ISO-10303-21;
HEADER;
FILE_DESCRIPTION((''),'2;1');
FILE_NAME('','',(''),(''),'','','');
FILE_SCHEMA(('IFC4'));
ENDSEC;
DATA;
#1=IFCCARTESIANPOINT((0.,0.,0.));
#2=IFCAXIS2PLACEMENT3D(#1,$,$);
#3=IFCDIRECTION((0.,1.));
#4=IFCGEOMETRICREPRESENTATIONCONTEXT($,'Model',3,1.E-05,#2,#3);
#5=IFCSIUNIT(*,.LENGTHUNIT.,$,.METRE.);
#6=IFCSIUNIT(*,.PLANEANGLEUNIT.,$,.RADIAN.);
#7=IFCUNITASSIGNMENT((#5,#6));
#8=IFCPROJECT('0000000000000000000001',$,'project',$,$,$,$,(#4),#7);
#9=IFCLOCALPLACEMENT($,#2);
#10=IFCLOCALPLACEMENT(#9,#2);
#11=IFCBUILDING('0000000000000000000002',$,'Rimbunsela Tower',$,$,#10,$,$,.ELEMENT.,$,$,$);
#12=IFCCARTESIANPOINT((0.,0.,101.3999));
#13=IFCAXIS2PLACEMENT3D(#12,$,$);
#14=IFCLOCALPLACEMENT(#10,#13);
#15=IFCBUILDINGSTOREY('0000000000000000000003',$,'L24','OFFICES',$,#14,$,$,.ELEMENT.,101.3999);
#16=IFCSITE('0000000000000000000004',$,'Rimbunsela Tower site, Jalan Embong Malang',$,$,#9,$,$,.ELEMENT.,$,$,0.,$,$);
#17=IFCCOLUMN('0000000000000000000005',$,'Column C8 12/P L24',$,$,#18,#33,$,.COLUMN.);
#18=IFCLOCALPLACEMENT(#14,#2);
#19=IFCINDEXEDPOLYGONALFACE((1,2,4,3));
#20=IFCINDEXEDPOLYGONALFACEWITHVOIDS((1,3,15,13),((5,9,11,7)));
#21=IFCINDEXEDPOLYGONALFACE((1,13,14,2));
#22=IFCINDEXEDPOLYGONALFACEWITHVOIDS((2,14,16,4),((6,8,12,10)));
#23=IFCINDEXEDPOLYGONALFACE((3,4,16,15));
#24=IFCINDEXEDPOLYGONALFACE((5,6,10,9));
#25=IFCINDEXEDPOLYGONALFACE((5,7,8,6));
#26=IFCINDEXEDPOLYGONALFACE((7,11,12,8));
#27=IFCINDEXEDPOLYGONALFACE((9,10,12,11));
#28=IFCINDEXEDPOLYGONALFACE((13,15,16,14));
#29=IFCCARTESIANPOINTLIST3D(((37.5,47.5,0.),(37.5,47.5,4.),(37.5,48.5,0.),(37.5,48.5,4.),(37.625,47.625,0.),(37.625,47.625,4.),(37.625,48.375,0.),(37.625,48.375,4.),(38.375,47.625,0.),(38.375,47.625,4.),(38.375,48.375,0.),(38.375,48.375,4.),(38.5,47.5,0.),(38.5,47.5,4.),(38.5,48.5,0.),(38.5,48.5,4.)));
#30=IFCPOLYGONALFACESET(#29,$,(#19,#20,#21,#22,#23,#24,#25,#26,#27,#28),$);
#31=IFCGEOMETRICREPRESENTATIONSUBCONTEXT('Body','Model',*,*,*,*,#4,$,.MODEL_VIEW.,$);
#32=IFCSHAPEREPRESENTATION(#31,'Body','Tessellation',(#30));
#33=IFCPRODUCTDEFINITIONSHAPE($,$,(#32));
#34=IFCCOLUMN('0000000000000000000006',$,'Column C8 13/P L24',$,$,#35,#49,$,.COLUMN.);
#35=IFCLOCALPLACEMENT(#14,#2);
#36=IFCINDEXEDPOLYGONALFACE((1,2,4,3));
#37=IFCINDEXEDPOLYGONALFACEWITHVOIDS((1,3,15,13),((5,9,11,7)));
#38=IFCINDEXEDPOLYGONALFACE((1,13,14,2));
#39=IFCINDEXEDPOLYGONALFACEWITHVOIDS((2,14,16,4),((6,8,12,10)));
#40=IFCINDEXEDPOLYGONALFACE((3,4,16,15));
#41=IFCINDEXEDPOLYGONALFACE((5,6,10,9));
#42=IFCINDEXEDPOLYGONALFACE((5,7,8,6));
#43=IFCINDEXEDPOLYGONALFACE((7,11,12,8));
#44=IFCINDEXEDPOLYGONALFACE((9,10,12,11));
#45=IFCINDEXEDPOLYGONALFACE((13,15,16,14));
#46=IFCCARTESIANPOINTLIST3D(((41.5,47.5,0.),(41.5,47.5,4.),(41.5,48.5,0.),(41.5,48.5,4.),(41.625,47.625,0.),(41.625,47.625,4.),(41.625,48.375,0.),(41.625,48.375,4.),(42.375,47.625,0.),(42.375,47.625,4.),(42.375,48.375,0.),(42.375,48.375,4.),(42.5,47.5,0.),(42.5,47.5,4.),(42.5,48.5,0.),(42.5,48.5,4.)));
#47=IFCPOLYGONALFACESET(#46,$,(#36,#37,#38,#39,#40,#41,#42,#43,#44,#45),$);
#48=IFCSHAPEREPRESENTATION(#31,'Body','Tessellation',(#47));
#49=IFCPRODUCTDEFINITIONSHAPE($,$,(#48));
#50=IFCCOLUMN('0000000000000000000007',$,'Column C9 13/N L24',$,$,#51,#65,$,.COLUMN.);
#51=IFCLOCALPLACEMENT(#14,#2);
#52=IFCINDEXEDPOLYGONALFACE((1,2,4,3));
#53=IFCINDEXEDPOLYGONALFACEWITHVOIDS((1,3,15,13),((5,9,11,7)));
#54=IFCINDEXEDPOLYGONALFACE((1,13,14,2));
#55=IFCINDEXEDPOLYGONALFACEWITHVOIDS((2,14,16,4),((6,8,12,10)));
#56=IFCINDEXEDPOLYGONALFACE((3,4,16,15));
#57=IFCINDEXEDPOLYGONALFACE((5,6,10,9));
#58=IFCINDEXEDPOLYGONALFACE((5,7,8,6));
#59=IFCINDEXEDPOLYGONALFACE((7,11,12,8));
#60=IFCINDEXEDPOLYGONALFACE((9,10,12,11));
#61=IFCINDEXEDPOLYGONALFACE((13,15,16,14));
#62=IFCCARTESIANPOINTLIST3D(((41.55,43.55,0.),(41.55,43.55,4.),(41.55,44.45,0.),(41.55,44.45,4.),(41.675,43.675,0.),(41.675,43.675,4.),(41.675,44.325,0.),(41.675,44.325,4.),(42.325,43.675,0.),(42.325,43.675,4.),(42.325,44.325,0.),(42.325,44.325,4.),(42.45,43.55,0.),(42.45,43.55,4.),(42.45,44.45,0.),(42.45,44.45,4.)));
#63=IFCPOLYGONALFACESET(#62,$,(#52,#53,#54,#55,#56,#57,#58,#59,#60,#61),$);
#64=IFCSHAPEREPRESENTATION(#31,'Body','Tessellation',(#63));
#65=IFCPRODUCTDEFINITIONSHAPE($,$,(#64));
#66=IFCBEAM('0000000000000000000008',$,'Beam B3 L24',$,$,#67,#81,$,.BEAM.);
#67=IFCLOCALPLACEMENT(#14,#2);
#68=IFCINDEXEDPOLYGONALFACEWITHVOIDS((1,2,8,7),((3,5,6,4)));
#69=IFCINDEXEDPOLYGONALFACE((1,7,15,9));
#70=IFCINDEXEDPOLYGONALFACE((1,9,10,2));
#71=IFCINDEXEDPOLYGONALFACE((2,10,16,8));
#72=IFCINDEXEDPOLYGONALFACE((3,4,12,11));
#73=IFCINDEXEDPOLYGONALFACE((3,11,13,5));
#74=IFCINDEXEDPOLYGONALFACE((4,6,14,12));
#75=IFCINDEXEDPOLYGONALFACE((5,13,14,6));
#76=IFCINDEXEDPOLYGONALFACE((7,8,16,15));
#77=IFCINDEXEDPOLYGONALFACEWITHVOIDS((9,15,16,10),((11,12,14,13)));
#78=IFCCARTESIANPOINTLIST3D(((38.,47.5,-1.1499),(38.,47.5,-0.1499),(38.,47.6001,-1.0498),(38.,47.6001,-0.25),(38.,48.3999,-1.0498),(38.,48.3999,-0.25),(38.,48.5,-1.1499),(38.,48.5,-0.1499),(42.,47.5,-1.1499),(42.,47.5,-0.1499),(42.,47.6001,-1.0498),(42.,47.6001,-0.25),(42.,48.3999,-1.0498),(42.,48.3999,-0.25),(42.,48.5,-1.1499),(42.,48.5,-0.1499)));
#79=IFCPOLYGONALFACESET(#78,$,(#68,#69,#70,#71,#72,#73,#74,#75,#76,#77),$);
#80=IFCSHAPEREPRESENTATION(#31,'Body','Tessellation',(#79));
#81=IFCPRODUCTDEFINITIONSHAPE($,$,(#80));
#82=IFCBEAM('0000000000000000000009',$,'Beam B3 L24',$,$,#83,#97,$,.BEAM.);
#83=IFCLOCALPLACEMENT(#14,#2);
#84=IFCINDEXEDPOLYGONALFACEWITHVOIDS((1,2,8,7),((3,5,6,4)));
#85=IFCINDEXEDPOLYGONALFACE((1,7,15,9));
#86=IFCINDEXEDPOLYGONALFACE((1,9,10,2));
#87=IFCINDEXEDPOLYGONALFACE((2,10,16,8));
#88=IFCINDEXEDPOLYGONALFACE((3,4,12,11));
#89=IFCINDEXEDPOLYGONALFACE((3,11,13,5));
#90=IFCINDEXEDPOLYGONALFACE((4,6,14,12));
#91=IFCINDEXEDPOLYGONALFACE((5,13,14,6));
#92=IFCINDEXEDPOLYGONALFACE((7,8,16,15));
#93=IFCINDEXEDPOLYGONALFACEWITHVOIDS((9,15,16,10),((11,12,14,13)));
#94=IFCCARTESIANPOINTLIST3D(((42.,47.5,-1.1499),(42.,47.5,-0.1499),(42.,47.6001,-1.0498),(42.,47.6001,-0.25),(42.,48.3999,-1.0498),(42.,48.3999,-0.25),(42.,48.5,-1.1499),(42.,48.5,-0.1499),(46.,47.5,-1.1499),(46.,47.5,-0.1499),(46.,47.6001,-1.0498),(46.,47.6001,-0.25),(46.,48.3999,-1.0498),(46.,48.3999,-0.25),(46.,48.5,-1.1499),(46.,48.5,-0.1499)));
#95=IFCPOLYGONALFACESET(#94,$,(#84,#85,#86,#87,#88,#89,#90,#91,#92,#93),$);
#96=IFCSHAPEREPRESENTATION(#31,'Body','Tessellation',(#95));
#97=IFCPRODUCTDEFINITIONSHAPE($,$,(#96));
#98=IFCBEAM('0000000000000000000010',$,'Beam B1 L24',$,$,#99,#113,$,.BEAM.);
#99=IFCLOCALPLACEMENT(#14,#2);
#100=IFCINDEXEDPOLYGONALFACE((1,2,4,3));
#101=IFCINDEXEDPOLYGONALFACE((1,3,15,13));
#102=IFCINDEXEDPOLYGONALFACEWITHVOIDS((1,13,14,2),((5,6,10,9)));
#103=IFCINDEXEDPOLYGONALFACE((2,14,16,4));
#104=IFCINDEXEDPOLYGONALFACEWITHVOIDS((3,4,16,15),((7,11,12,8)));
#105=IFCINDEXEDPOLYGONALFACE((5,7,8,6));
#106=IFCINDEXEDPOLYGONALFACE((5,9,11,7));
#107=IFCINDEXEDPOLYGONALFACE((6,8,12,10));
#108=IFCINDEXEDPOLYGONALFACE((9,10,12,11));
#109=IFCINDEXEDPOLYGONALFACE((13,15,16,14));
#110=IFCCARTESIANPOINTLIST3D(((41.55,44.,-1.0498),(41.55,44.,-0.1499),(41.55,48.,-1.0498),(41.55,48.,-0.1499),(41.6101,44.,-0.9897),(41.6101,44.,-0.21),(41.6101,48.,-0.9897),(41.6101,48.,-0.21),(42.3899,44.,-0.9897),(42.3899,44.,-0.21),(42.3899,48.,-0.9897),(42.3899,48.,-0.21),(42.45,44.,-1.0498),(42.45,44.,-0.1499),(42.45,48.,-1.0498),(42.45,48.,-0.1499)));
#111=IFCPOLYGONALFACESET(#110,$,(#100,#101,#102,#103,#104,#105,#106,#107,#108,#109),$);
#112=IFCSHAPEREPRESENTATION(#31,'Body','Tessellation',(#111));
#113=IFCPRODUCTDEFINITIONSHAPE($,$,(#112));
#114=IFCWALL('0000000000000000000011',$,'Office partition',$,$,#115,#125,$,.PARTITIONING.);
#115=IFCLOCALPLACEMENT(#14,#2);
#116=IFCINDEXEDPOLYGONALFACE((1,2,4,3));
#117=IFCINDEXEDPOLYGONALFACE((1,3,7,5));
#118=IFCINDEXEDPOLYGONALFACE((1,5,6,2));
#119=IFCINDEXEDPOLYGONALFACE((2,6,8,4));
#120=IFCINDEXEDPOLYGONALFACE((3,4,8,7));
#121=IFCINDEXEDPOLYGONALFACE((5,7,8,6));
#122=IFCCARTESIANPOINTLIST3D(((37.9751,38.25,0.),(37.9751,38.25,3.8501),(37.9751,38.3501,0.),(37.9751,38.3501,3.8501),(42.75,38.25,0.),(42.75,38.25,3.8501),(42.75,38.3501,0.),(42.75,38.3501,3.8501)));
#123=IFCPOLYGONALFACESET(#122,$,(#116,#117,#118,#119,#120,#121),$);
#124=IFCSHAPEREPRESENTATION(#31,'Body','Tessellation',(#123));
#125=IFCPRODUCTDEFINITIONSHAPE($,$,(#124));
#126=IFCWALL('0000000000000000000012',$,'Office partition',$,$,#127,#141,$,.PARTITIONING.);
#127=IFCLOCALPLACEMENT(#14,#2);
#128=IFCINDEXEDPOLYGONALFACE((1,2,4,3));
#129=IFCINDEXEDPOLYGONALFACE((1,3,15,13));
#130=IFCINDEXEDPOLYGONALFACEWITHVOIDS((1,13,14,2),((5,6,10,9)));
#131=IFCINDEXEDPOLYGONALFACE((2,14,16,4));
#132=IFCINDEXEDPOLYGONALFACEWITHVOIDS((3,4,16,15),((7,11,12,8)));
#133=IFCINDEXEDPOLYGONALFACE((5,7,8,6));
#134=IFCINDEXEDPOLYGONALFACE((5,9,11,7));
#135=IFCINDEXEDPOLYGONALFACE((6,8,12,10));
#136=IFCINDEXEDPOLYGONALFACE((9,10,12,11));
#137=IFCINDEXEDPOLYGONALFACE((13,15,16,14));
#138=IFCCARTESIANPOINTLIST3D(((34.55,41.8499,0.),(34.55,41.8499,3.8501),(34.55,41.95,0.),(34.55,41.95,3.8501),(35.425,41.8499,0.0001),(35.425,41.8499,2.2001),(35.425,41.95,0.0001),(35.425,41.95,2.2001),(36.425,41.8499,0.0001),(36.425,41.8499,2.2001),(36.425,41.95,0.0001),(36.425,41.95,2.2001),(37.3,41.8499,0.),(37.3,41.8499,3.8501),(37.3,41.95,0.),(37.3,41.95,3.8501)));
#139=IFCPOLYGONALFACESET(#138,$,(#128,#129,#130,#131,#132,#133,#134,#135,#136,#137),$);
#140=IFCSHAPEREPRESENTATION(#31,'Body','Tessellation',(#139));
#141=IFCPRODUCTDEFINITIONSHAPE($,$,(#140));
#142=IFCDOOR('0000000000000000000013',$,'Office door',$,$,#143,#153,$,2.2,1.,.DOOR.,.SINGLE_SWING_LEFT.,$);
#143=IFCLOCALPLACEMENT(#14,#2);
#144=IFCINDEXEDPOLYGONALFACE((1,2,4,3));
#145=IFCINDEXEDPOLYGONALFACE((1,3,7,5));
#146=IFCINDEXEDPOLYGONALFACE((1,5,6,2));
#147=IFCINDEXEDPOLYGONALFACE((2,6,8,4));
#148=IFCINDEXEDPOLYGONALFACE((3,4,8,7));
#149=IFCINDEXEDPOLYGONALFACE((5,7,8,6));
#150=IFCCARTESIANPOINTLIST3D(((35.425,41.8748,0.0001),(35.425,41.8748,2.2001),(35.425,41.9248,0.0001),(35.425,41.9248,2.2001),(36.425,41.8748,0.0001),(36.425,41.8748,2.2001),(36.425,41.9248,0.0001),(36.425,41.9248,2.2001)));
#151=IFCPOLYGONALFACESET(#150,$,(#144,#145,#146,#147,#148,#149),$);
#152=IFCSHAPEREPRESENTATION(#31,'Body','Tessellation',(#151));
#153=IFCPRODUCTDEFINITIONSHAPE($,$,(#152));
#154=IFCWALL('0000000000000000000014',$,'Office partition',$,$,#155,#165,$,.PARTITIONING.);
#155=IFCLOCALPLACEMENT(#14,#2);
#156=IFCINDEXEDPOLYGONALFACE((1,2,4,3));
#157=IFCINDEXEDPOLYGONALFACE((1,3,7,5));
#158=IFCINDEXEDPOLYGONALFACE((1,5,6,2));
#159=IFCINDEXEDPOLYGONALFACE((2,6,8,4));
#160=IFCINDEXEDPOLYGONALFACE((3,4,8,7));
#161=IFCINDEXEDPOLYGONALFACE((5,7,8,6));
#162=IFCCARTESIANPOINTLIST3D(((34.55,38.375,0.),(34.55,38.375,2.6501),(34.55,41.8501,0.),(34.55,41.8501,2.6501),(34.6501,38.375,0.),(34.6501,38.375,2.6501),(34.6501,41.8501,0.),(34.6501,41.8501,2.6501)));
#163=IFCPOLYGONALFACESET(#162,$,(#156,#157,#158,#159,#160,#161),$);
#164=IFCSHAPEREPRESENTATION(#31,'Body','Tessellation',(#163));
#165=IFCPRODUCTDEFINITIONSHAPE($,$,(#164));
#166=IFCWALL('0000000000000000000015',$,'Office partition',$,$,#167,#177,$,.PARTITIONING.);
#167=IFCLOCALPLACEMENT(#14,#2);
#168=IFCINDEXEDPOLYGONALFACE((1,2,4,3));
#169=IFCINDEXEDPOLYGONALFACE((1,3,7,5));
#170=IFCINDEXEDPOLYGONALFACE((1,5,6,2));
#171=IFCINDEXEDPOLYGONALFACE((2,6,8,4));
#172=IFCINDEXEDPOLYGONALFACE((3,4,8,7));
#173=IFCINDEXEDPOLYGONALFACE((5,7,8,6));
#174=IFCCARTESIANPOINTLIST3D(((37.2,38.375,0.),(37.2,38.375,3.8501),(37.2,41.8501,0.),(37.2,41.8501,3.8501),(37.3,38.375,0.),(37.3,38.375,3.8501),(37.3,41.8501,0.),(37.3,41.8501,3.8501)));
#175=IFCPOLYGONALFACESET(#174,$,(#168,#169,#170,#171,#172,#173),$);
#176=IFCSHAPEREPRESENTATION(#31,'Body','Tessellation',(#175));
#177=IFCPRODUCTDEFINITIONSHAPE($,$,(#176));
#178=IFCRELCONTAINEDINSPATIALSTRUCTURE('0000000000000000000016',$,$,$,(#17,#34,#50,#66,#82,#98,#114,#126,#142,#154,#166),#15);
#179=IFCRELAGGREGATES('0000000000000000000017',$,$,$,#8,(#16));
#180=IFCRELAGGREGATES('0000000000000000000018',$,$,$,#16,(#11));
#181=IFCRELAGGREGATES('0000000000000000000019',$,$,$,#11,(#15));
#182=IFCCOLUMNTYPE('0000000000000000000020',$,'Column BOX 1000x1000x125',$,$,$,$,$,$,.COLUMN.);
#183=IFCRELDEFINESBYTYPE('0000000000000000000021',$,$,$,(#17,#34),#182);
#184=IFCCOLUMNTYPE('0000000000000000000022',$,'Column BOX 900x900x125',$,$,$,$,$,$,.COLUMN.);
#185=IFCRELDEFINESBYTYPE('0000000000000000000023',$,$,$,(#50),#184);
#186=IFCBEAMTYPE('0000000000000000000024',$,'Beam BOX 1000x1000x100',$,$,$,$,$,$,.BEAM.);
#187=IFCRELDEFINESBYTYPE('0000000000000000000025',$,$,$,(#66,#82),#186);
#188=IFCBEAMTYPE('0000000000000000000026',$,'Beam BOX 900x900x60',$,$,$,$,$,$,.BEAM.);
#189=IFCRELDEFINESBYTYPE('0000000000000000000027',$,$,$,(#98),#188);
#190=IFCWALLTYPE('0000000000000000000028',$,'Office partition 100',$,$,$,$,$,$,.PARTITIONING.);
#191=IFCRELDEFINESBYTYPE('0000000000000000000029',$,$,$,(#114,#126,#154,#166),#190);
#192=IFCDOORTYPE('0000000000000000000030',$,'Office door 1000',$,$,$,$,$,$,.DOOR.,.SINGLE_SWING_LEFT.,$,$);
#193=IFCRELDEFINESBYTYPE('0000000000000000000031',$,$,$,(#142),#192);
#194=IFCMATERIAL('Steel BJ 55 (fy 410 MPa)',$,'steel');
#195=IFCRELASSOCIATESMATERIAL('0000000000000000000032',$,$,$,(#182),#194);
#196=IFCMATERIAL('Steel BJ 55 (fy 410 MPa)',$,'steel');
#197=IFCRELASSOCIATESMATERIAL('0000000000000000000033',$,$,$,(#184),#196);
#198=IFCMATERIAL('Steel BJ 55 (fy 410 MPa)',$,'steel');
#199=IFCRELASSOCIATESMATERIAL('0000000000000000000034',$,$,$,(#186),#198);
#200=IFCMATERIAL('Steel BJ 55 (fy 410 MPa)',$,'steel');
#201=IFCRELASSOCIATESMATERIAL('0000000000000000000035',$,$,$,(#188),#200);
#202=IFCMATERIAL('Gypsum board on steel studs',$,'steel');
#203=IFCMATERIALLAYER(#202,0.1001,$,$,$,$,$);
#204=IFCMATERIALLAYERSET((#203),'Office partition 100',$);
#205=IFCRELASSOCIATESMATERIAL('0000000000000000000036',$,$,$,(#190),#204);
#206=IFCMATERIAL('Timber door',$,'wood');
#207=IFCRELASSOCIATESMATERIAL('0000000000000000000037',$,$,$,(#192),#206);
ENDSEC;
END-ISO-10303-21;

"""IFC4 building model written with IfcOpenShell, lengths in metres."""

from ifc_helpers import new_model, si_unit, direction, frame, frame_2d, origin, origin_2d, place, context, subcontext, project, spatial, rectangle, hollow_rectangle, extrude, material, layer, layer_set, material_profile, profile_set, type_object, element, fill, save


model = new_model("IFC4")

# Units and contexts
model_context = context("Model", 3, precision=1e-05, world=origin(), true_north=direction((0.0, 1.0)))
body_context = subcontext(model_context, "Body", "Model", "MODEL_VIEW")
ifc_project = project(units=[si_unit("LENGTHUNIT", "METRE"), si_unit("PLANEANGLEUNIT", "RADIAN")], contexts=[model_context])

# Site, building, storey
site_placement = place(None, origin())
site = spatial("IfcSite", under=ifc_project, at=site_placement, Name="Rimbunsela Tower site, Jalan Embong Malang", CompositionType="ELEMENT", RefElevation=0.0)
building_placement = place(site_placement, origin())
building = spatial("IfcBuilding", under=site, at=building_placement, Name="Rimbunsela Tower", CompositionType="ELEMENT")
storey_placement = place(building_placement, frame((0.0, 0.0, 101.3999)))
storey = spatial("IfcBuildingStorey", under=building, at=storey_placement, Name="L24", Description="OFFICES", CompositionType="ELEMENT", Elevation=101.3999)

# Columns
ifc_material_1 = material(Name="Steel BJ 55 (fy 410 MPa)", Category="steel")
ifc_material_profile_1 = material_profile(ifc_material_1, hollow_rectangle(XDim=1.0, YDim=1.0, WallThickness=0.125, at=origin_2d()), Name="BOX 1000x1000x125")
ifc_profile_set_1 = profile_set([ifc_material_profile_1], Name="Steel BJ 55 (fy 410 MPa)")
column_type_1 = type_object("IfcColumnType", Name="Column BOX 1000x1000x125", PredefinedType="COLUMN", material=ifc_profile_set_1)
for number, where, z_axis, x_axis, name in (
    (1, (38.0, 48.0, 0.0), (0.0, 0.0, 1.0), (1.0, 0.0, 0.0), "Column C8 12/P L24"),
    (2, (42.0, 48.0, 0.0), (0.0, 0.0, 1.0), (1.0, 0.0, 0.0), "Column C8 13/P L24"),
):
    element("IfcColumn", number, at=place(storey_placement, frame(where, z_axis=z_axis, x_axis=x_axis)), inside=storey, type_object=column_type_1, Name=name, PredefinedType="COLUMN", context=body_context, shape_type="SweptSolid", body=[
        extrude(hollow_rectangle(XDim=1.0, YDim=1.0, WallThickness=0.125, at=origin_2d()), origin(), (0.0, 0.0, 1.0), 4.0),
    ])
ifc_material_2 = material(Name="Steel BJ 55 (fy 410 MPa)", Category="steel")
ifc_material_profile_2 = material_profile(ifc_material_2, hollow_rectangle(XDim=0.8999, YDim=0.8999, WallThickness=0.125, at=origin_2d()), Name="BOX 900x900x125")
ifc_profile_set_2 = profile_set([ifc_material_profile_2], Name="Steel BJ 55 (fy 410 MPa)")
column_type_2 = type_object("IfcColumnType", Name="Column BOX 900x900x125", PredefinedType="COLUMN", material=ifc_profile_set_2)
column_placement = place(storey_placement, frame((42.0, 44.0, 0.0), z_axis=(0.0, 0.0, 1.0), x_axis=(1.0, 0.0, 0.0)))
element("IfcColumn", 3, at=column_placement, inside=storey, type_object=column_type_2, Name="Column C9 13/N L24", PredefinedType="COLUMN", context=body_context, shape_type="SweptSolid", body=[
    extrude(hollow_rectangle(XDim=0.8999, YDim=0.8999, WallThickness=0.125, at=origin_2d()), origin(), (0.0, 0.0, 1.0), 4.0),
])

# Beams
ifc_material_3 = material(Name="Steel BJ 55 (fy 410 MPa)", Category="steel")
ifc_material_profile_3 = material_profile(ifc_material_3, hollow_rectangle(XDim=1.0, YDim=1.0, WallThickness=0.1001, at=origin_2d()), Name="BOX 1000x1000x100")
ifc_profile_set_3 = profile_set([ifc_material_profile_3], Name="Steel BJ 55 (fy 410 MPa)")
beam_type_1 = type_object("IfcBeamType", Name="Beam BOX 1000x1000x100", PredefinedType="BEAM", material=ifc_profile_set_3)
for number, where, z_axis, x_axis, name in (
    (4, (38.0, 48.0, -0.6499), (1.0, 0.0, 0.0), (0.0, 1.0, 0.0), "Beam B3 L24"),
    (5, (42.0, 48.0, -0.6499), (1.0, 0.0, 0.0), (0.0, 1.0, 0.0), "Beam B3 L24"),
):
    element("IfcBeam", number, at=place(storey_placement, frame(where, z_axis=z_axis, x_axis=x_axis)), inside=storey, type_object=beam_type_1, Name=name, PredefinedType="BEAM", context=body_context, shape_type="SweptSolid", body=[
        extrude(hollow_rectangle(XDim=1.0, YDim=1.0, WallThickness=0.1001, at=origin_2d()), origin(), (0.0, 0.0, 1.0), 4.0),
    ])
ifc_material_4 = material(Name="Steel BJ 55 (fy 410 MPa)", Category="steel")
ifc_material_profile_4 = material_profile(ifc_material_4, hollow_rectangle(XDim=0.8999, YDim=0.8999, WallThickness=0.0601, at=origin_2d()), Name="BOX 900x900x60")
ifc_profile_set_4 = profile_set([ifc_material_profile_4], Name="Steel BJ 55 (fy 410 MPa)")
beam_type_2 = type_object("IfcBeamType", Name="Beam BOX 900x900x60", PredefinedType="BEAM", material=ifc_profile_set_4)
beam_placement = place(storey_placement, frame((42.0, 44.0, -0.5999), z_axis=(0.0, 1.0, 0.0), x_axis=(-1.0, 0.0, 0.0)))
element("IfcBeam", 6, at=beam_placement, inside=storey, type_object=beam_type_2, Name="Beam B1 L24", PredefinedType="BEAM", context=body_context, shape_type="SweptSolid", body=[
    extrude(hollow_rectangle(XDim=0.8999, YDim=0.8999, WallThickness=0.0601, at=origin_2d()), origin(), (0.0, 0.0, 1.0), 4.0),
])

# Wall
ifc_material_5 = material(Name="Gypsum board on steel studs", Category="steel")
ifc_layer_1 = layer(ifc_material_5, 0.1001)
ifc_layer_set_1 = layer_set([ifc_layer_1], Name="Office partition 100")
wall_type_1 = type_object("IfcWallType", Name="Office partition 100", PredefinedType="PARTITIONING", material=ifc_layer_set_1)
wall_1_placement = place(storey_placement, frame((37.9751, 38.3, 0.0), z_axis=(0.0, 0.0, 1.0), x_axis=(1.0, 0.0, 0.0)))
element("IfcWall", 7, at=wall_1_placement, inside=storey, type_object=wall_type_1, Name="Office partition", PredefinedType="PARTITIONING", context=body_context, shape_type="SweptSolid", body=[
    extrude(rectangle(XDim=4.7749, YDim=0.1001, at=frame_2d((2.3875, 0.0))), origin(), (0.0, 0.0, 1.0), 3.8501),
])

# Wall, opening, door
wall_2_placement = place(storey_placement, frame((34.55, 41.8999, 0.0), z_axis=(0.0, 0.0, 1.0), x_axis=(1.0, 0.0, 0.0)))
wall_2 = element("IfcWall", 8, at=wall_2_placement, inside=storey, type_object=wall_type_1, Name="Office partition", PredefinedType="PARTITIONING", context=body_context, shape_type="SweptSolid", body=[
    extrude(rectangle(XDim=2.75, YDim=0.1001, at=frame_2d((1.375, 0.0))), origin(), (0.0, 0.0, 1.0), 3.8501),
])
opening_1_placement = place(wall_2_placement, frame((0.875, 0.0, 0.0)))
opening_1 = element("IfcOpeningElement", 9, at=opening_1_placement, cuts=wall_2, PredefinedType="OPENING", context=body_context, shape_type="SweptSolid", body=[
    extrude(rectangle(XDim=1.0, YDim=2.2, at=frame_2d((0.5, 1.1001))), frame((0.0, 0.0601, 0.0), z_axis=(0.0, -1.0, 0.0), x_axis=(1.0, 0.0, 0.0)), (0.0, 0.0, 1.0), 0.1201),
])
ifc_material_6 = material(Name="Timber door", Category="wood")
door_type = type_object("IfcDoorType", Name="Office door 1000", OperationType="SINGLE_SWING_LEFT", PredefinedType="DOOR", material=ifc_material_6)
door_placement = place(opening_1_placement, origin())
door = element("IfcDoor", 10, at=door_placement, inside=storey, type_object=door_type, Name="Office door", OperationType="SINGLE_SWING_LEFT", OverallHeight=2.2, OverallWidth=1.0, PredefinedType="DOOR", context=body_context, shape_type="SweptSolid", body=[
    extrude(rectangle(XDim=1.0, YDim=2.2, at=frame_2d((0.5, 1.1001))), frame((0.0, 0.0249, 0.0), z_axis=(0.0, -1.0, 0.0), x_axis=(1.0, 0.0, 0.0)), (0.0, 0.0, 1.0), 0.05),
])
fill(opening_1, door)

# Walls
wall_3_placement = place(storey_placement, frame((34.6001, 38.375, 0.0), z_axis=(0.0, 0.0, 1.0), x_axis=(0.0, 1.0, 0.0)))
element("IfcWall", 11, at=wall_3_placement, inside=storey, type_object=wall_type_1, Name="Office partition", PredefinedType="PARTITIONING", context=body_context, shape_type="SweptSolid", body=[
    extrude(rectangle(XDim=3.4751, YDim=0.1001, at=frame_2d((1.7375, 0.0))), origin(), (0.0, 0.0, 1.0), 2.6501),
])
wall_4_placement = place(storey_placement, frame((37.25, 38.375, 0.0), z_axis=(0.0, 0.0, 1.0), x_axis=(0.0, 1.0, 0.0)))
element("IfcWall", 12, at=wall_4_placement, inside=storey, type_object=wall_type_1, Name="Office partition", PredefinedType="PARTITIONING", context=body_context, shape_type="SweptSolid", body=[
    extrude(rectangle(XDim=3.4751, YDim=0.1001, at=frame_2d((1.7375, 0.0))), origin(), (0.0, 0.0, 1.0), 3.8501),
])

save(model, "model.ifc")
